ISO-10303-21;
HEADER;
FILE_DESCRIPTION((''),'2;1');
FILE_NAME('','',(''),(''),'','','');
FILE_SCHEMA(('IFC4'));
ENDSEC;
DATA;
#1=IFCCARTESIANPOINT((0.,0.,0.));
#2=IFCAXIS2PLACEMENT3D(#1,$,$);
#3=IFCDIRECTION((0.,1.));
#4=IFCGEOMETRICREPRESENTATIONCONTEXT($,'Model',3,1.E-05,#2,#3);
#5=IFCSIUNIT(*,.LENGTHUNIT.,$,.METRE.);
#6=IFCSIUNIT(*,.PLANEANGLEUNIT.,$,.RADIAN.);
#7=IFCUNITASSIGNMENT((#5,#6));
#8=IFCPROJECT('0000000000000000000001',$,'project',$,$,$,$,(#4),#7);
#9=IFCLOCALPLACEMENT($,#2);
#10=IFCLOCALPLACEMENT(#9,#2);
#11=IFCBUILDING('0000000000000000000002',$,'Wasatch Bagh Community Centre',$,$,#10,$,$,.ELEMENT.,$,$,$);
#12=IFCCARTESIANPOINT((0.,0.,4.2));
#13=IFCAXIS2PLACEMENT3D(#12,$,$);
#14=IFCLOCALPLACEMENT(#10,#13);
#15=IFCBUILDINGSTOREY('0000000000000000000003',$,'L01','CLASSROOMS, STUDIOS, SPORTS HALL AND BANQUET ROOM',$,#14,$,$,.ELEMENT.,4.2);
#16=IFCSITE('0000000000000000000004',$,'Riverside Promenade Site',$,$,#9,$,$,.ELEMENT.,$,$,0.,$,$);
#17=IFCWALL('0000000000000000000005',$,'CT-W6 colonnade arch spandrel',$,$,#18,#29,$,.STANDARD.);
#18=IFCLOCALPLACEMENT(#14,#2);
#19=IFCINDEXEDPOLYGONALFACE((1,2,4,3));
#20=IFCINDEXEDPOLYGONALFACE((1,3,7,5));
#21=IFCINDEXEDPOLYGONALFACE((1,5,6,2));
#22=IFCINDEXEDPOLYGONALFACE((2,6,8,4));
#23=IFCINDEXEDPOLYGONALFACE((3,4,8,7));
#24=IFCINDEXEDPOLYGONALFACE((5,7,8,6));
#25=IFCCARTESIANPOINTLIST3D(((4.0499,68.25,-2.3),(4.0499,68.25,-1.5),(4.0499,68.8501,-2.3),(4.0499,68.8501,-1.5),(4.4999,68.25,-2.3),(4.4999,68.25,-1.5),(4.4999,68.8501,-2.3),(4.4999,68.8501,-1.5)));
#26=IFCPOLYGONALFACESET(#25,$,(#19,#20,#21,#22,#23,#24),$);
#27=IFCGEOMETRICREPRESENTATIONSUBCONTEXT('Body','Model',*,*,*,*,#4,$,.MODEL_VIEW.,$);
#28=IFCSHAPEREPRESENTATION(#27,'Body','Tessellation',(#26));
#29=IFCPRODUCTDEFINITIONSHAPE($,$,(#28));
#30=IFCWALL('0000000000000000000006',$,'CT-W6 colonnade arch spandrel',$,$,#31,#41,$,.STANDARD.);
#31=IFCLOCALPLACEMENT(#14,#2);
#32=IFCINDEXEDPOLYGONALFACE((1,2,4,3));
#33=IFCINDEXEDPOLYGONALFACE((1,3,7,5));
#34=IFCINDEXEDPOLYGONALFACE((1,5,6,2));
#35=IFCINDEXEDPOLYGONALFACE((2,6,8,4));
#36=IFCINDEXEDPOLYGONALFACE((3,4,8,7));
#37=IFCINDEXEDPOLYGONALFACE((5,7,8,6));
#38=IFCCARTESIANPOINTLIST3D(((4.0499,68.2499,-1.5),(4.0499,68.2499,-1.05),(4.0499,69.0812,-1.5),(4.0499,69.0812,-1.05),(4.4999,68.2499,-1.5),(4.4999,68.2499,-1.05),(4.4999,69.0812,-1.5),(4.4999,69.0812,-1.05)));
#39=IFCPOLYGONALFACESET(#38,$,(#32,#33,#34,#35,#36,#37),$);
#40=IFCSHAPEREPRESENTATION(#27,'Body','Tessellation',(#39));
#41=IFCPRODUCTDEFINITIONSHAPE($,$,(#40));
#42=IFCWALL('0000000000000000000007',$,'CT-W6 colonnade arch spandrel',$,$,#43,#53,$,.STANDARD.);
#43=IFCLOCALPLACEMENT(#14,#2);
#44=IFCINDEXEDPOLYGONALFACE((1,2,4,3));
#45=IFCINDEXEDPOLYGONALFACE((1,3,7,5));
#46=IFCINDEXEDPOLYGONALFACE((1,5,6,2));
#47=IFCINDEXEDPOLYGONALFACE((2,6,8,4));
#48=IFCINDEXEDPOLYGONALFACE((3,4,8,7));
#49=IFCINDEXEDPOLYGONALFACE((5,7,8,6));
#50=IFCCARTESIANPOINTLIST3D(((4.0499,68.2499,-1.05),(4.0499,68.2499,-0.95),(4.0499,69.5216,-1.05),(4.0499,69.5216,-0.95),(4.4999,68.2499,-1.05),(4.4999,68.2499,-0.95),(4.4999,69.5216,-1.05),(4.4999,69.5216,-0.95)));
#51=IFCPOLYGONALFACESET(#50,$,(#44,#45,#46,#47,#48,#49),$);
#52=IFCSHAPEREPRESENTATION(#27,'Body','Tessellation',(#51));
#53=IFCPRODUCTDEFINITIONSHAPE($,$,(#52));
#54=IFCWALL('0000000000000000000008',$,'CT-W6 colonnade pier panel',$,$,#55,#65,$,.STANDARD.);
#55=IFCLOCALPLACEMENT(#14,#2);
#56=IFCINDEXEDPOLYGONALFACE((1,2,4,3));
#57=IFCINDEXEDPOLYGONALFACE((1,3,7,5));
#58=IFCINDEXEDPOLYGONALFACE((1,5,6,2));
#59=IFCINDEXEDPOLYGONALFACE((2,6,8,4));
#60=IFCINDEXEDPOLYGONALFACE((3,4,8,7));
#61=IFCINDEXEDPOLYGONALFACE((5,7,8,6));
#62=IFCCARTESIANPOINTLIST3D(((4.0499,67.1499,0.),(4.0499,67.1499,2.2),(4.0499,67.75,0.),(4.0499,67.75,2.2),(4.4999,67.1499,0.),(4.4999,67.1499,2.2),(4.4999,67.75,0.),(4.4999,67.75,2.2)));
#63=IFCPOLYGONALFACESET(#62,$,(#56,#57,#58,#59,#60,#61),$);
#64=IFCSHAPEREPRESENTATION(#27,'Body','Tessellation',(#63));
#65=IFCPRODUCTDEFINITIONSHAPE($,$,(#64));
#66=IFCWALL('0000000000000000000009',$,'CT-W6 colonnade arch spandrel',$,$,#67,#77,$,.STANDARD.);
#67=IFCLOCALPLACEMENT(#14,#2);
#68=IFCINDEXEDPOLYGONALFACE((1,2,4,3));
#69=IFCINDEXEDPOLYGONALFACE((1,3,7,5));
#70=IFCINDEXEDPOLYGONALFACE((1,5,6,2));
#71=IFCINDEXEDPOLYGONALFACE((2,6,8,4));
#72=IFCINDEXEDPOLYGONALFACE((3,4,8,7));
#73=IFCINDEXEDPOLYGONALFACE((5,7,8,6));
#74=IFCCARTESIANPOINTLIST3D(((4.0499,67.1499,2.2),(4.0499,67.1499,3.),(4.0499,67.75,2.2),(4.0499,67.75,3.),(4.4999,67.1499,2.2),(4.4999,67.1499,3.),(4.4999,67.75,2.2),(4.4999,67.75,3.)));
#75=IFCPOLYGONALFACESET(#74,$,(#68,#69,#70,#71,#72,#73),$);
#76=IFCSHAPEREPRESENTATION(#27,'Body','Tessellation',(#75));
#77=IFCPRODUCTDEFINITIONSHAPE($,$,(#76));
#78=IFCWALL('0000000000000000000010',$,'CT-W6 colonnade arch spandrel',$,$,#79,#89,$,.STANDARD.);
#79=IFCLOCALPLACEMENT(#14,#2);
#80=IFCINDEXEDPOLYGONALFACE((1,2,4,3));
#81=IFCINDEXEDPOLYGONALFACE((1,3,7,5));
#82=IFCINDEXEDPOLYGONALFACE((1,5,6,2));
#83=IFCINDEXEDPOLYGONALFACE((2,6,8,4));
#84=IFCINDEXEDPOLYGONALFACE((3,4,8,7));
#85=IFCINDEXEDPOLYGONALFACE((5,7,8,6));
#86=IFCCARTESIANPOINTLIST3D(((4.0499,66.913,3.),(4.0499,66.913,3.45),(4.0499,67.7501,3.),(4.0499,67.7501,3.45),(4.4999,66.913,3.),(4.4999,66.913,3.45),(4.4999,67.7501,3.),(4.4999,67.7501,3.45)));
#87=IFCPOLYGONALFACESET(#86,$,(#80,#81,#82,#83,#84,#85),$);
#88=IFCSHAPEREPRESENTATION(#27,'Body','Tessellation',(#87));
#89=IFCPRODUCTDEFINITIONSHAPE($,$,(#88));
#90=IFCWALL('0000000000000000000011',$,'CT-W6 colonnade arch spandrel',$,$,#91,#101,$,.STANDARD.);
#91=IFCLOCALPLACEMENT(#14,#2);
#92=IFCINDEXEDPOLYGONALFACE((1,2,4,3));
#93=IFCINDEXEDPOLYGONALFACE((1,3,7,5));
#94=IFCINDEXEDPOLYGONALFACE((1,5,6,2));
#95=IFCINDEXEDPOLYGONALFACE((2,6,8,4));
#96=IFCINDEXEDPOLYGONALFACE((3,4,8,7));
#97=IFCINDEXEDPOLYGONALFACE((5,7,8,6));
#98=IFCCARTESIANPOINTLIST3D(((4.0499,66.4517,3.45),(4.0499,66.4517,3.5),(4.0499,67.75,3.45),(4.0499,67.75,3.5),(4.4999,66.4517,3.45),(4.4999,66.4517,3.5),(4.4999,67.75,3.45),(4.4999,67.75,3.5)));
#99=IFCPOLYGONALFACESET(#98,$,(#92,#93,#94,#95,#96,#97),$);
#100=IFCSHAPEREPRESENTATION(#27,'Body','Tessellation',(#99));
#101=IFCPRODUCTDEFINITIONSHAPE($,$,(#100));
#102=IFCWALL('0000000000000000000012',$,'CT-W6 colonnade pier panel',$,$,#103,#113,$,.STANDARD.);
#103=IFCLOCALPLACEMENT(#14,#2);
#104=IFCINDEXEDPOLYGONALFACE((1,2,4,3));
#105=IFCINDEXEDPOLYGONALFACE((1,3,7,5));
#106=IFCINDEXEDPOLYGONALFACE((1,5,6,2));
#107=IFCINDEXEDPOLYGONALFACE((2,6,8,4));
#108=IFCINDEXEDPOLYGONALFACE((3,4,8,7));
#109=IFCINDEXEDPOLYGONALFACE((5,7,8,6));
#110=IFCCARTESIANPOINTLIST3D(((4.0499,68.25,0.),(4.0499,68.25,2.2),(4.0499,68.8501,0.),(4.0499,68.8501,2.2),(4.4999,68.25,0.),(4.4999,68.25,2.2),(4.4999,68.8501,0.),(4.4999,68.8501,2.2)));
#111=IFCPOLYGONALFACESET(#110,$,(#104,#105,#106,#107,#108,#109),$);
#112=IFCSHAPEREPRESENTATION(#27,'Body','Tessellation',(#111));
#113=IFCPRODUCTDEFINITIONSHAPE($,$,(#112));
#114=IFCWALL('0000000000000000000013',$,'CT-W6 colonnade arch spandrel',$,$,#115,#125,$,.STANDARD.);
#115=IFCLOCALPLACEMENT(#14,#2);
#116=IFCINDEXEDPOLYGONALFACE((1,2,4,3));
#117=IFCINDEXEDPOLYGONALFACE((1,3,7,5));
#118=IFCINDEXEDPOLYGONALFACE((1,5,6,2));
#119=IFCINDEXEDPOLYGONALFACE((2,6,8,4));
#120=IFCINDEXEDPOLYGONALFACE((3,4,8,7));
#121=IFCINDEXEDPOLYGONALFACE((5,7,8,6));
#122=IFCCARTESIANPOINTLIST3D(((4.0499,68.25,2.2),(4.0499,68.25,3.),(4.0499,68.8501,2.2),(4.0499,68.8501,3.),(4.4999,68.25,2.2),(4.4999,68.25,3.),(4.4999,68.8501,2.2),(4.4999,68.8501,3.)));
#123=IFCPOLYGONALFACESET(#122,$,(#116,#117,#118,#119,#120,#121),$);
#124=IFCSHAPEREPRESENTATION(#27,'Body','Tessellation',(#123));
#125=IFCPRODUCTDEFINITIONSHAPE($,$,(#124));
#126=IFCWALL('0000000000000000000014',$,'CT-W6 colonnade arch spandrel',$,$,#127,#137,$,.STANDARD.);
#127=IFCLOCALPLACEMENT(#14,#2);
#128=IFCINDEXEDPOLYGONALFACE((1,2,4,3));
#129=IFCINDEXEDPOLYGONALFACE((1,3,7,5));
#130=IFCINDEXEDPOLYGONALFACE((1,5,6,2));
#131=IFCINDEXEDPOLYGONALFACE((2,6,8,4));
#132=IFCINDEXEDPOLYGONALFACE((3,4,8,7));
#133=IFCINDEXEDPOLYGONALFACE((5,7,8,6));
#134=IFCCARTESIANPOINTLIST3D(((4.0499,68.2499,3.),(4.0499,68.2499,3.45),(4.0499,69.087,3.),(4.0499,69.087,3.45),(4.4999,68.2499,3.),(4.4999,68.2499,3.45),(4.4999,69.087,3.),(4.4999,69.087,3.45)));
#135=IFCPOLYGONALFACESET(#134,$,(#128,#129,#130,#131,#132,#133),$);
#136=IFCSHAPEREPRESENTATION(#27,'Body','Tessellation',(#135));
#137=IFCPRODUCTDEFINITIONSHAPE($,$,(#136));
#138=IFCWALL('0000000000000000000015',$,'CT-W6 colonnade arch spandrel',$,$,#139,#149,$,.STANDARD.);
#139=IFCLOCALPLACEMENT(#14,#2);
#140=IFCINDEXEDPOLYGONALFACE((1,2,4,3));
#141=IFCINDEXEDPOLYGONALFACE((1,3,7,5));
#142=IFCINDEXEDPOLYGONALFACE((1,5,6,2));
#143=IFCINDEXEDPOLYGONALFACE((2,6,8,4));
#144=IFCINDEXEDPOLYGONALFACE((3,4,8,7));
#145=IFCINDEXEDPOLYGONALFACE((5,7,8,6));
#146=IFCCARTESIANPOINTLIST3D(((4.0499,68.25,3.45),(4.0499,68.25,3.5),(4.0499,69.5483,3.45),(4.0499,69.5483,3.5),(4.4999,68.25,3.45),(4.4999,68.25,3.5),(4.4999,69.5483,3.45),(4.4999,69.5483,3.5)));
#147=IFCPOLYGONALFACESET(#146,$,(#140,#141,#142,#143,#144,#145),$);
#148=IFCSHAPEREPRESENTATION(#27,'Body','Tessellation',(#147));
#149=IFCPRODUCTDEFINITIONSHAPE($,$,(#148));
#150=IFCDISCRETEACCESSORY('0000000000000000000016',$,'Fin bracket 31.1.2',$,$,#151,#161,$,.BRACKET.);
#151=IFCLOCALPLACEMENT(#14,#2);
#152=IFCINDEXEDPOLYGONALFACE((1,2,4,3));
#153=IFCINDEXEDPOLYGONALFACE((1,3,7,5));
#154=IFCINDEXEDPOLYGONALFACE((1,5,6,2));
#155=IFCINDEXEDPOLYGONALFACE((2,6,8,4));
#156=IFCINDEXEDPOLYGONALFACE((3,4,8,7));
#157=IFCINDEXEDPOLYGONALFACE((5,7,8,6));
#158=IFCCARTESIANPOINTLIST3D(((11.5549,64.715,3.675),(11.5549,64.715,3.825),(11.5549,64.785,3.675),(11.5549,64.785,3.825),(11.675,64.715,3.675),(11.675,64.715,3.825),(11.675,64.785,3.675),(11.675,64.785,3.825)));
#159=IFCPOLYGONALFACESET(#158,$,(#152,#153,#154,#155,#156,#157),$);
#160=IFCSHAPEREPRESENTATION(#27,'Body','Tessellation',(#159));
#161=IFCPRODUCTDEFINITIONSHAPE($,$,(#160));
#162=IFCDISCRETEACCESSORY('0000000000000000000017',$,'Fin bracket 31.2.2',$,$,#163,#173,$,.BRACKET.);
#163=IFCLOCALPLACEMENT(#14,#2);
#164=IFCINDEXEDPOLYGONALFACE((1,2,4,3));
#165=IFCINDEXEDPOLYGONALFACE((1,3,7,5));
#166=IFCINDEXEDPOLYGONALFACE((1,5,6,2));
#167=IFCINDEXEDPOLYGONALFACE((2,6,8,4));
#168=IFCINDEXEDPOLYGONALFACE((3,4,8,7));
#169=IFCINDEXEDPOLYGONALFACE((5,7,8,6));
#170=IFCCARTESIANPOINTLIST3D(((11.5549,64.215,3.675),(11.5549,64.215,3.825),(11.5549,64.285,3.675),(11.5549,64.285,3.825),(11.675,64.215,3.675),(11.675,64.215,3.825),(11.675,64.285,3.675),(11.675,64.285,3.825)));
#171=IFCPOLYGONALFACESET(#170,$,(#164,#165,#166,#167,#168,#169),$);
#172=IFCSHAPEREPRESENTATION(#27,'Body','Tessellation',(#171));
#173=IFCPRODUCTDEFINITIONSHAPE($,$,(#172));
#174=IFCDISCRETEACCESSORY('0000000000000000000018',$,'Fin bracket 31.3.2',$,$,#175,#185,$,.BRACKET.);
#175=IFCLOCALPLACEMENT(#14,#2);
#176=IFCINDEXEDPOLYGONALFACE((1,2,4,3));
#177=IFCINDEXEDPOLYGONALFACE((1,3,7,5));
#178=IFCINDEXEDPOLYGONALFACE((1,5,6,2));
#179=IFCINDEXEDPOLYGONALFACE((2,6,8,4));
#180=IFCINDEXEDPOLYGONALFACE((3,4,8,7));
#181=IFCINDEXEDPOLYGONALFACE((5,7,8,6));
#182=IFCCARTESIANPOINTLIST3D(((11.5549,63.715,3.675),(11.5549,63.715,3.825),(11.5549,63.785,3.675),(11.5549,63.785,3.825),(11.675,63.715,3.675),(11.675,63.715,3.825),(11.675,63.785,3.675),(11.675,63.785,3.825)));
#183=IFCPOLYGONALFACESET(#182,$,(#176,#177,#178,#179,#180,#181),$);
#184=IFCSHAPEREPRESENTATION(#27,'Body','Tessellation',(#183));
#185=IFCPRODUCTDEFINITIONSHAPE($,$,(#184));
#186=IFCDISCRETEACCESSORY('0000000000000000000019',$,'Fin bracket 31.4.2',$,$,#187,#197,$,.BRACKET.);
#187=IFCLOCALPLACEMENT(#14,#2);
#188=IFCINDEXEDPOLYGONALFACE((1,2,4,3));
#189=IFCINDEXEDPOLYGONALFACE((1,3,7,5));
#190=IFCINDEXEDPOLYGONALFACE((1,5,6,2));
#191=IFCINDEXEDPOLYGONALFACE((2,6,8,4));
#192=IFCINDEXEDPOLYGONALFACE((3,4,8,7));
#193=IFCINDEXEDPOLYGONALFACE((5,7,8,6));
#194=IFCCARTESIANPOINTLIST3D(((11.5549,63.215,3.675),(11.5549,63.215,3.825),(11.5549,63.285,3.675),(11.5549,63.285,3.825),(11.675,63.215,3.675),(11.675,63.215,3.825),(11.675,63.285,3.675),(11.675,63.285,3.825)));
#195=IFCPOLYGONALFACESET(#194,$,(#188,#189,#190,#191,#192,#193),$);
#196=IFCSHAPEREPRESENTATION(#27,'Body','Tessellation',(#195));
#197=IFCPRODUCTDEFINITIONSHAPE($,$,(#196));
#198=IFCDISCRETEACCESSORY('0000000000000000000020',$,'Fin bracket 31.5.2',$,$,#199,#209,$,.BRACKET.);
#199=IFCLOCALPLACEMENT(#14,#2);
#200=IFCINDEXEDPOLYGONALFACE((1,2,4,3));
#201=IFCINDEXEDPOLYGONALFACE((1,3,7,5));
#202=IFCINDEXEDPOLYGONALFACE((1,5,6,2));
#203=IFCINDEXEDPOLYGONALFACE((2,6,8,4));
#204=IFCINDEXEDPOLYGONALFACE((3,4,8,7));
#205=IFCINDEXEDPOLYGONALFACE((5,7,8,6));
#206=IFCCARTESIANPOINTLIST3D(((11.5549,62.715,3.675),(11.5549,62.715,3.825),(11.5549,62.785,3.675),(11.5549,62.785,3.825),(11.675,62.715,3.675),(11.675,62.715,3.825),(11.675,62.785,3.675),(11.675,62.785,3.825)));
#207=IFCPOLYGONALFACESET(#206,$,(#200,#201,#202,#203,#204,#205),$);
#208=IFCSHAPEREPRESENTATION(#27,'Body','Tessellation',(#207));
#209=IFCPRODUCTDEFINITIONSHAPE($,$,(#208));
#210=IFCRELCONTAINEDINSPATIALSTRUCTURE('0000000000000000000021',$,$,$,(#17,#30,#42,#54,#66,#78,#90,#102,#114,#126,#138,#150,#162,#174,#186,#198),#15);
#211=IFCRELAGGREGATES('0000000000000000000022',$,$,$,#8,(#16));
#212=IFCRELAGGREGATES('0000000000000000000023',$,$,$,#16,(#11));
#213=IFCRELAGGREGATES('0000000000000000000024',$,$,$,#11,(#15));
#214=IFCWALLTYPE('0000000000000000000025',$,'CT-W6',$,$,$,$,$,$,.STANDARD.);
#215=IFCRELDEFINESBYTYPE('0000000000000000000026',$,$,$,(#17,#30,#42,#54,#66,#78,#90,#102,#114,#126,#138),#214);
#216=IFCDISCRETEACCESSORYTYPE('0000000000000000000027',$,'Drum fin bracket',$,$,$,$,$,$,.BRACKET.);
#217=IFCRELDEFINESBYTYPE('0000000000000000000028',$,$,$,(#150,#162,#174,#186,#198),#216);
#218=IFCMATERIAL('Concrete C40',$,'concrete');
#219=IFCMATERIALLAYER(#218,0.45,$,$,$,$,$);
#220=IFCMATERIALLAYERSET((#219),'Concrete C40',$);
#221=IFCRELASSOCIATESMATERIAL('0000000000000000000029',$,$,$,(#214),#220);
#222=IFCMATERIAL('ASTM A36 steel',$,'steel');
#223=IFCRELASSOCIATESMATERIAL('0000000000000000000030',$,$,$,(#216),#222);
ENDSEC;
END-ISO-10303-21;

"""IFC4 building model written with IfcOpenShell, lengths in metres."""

from ifc_helpers import new_model, si_unit, direction, frame, frame_2d, origin, origin_2d, place, context, subcontext, project, spatial, rectangle, extrude, material, layer, layer_set, type_object, element, save


model = new_model("IFC4")

# Units and contexts
model_context = context("Model", 3, precision=1e-05, world=origin(), true_north=direction((0.0, 1.0)))
body_context = subcontext(model_context, "Body", "Model", "MODEL_VIEW")
ifc_project = project(units=[si_unit("LENGTHUNIT", "METRE"), si_unit("PLANEANGLEUNIT", "RADIAN")], contexts=[model_context])

# Site, building, storey
site_placement = place(None, origin())
site = spatial("IfcSite", under=ifc_project, at=site_placement, Name="Riverside Promenade Site", CompositionType="ELEMENT", RefElevation=0.0)
building_placement = place(site_placement, origin())
building = spatial("IfcBuilding", under=site, at=building_placement, Name="Wasatch Bagh Community Centre", CompositionType="ELEMENT")
storey_placement = place(building_placement, frame((0.0, 0.0, 4.2)))
storey = spatial("IfcBuildingStorey", under=building, at=storey_placement, Name="L01", Description="CLASSROOMS, STUDIOS, SPORTS HALL AND BANQUET ROOM", CompositionType="ELEMENT", Elevation=4.2)

# Shared definitions
ifc_material_1 = material(Name="Concrete C40", Category="concrete")

# Walls
ifc_layer_1 = layer(ifc_material_1, 0.45)
ifc_layer_set_1 = layer_set([ifc_layer_1], Name="Concrete C40")
wall_type_1 = type_object("IfcWallType", Name="CT-W6", PredefinedType="STANDARD", material=ifc_layer_set_1)
wall_1_placement = place(storey_placement, frame((4.2749, 68.25, -2.3), z_axis=(0.0, 0.0, 1.0), x_axis=(0.0, 1.0, 0.0)))
element("IfcWall", 1, at=wall_1_placement, inside=storey, type_object=wall_type_1, Name="CT-W6 colonnade arch spandrel", PredefinedType="STANDARD", context=body_context, shape_type="SweptSolid", body=[
    extrude(rectangle(XDim=0.6001, YDim=0.45, at=frame_2d((0.3, 0.0))), origin(), (0.0, 0.0, 1.0), 0.8),
])
wall_2_placement = place(storey_placement, frame((4.2749, 68.25, -1.5), z_axis=(0.0, 0.0, 1.0), x_axis=(0.0, 1.0, 0.0)))
element("IfcWall", 2, at=wall_2_placement, inside=storey, type_object=wall_type_1, Name="CT-W6 colonnade arch spandrel", PredefinedType="STANDARD", context=body_context, shape_type="SweptSolid", body=[
    extrude(rectangle(XDim=0.8313, YDim=0.45, at=frame_2d((0.4155, 0.0))), origin(), (0.0, 0.0, 1.0), 0.45),
])
wall_3_placement = place(storey_placement, frame((4.2749, 68.25, -1.05), z_axis=(0.0, 0.0, 1.0), x_axis=(0.0, 1.0, 0.0)))
element("IfcWall", 3, at=wall_3_placement, inside=storey, type_object=wall_type_1, Name="CT-W6 colonnade arch spandrel", PredefinedType="STANDARD", context=body_context, shape_type="SweptSolid", body=[
    extrude(rectangle(XDim=1.2717, YDim=0.45, at=frame_2d((0.6357, 0.0))), origin(), (0.0, 0.0, 1.0), 0.1001),
])
wall_4_placement = place(storey_placement, frame((4.2749, 67.75, 0.0), z_axis=(0.0, 0.0, 1.0), x_axis=(0.0, -1.0, 0.0)))
element("IfcWall", 4, at=wall_4_placement, inside=storey, type_object=wall_type_1, Name="CT-W6 colonnade pier panel", PredefinedType="STANDARD", context=body_context, shape_type="SweptSolid", body=[
    extrude(rectangle(XDim=0.6001, YDim=0.45, at=frame_2d((0.3, 0.0))), origin(), (0.0, 0.0, 1.0), 2.2),
])
wall_5_placement = place(storey_placement, frame((4.2749, 67.75, 2.2), z_axis=(0.0, 0.0, 1.0), x_axis=(0.0, -1.0, 0.0)))
element("IfcWall", 5, at=wall_5_placement, inside=storey, type_object=wall_type_1, Name="CT-W6 colonnade arch spandrel", PredefinedType="STANDARD", context=body_context, shape_type="SweptSolid", body=[
    extrude(rectangle(XDim=0.6001, YDim=0.45, at=frame_2d((0.3, 0.0))), origin(), (0.0, 0.0, 1.0), 0.8),
])
wall_6_placement = place(storey_placement, frame((4.2749, 67.75, 3.0), z_axis=(0.0, 0.0, 1.0), x_axis=(0.0, -1.0, 0.0)))
element("IfcWall", 6, at=wall_6_placement, inside=storey, type_object=wall_type_1, Name="CT-W6 colonnade arch spandrel", PredefinedType="STANDARD", context=body_context, shape_type="SweptSolid", body=[
    extrude(rectangle(XDim=0.8372, YDim=0.45, at=frame_2d((0.4185, 0.0))), origin(), (0.0, 0.0, 1.0), 0.45),
])
wall_7_placement = place(storey_placement, frame((4.2749, 67.75, 3.45), z_axis=(0.0, 0.0, 1.0), x_axis=(0.0, -1.0, 0.0)))
element("IfcWall", 7, at=wall_7_placement, inside=storey, type_object=wall_type_1, Name="CT-W6 colonnade arch spandrel", PredefinedType="STANDARD", context=body_context, shape_type="SweptSolid", body=[
    extrude(rectangle(XDim=1.2983, YDim=0.45, at=frame_2d((0.6492, 0.0))), origin(), (0.0, 0.0, 1.0), 0.05),
])
wall_8_placement = place(storey_placement, frame((4.2749, 68.25, 0.0), z_axis=(0.0, 0.0, 1.0), x_axis=(0.0, 1.0, 0.0)))
element("IfcWall", 8, at=wall_8_placement, inside=storey, type_object=wall_type_1, Name="CT-W6 colonnade pier panel", PredefinedType="STANDARD", context=body_context, shape_type="SweptSolid", body=[
    extrude(rectangle(XDim=0.6001, YDim=0.45, at=frame_2d((0.3, 0.0))), origin(), (0.0, 0.0, 1.0), 2.2),
])
wall_9_placement = place(storey_placement, frame((4.2749, 68.25, 2.2), z_axis=(0.0, 0.0, 1.0), x_axis=(0.0, 1.0, 0.0)))
element("IfcWall", 9, at=wall_9_placement, inside=storey, type_object=wall_type_1, Name="CT-W6 colonnade arch spandrel", PredefinedType="STANDARD", context=body_context, shape_type="SweptSolid", body=[
    extrude(rectangle(XDim=0.6001, YDim=0.45, at=frame_2d((0.3, 0.0))), origin(), (0.0, 0.0, 1.0), 0.8),
])
wall_10_placement = place(storey_placement, frame((4.2749, 68.25, 3.0), z_axis=(0.0, 0.0, 1.0), x_axis=(0.0, 1.0, 0.0)))
element("IfcWall", 10, at=wall_10_placement, inside=storey, type_object=wall_type_1, Name="CT-W6 colonnade arch spandrel", PredefinedType="STANDARD", context=body_context, shape_type="SweptSolid", body=[
    extrude(rectangle(XDim=0.8372, YDim=0.45, at=frame_2d((0.4185, 0.0))), origin(), (0.0, 0.0, 1.0), 0.45),
])
wall_11_placement = place(storey_placement, frame((4.2749, 68.25, 3.45), z_axis=(0.0, 0.0, 1.0), x_axis=(0.0, 1.0, 0.0)))
element("IfcWall", 11, at=wall_11_placement, inside=storey, type_object=wall_type_1, Name="CT-W6 colonnade arch spandrel", PredefinedType="STANDARD", context=body_context, shape_type="SweptSolid", body=[
    extrude(rectangle(XDim=1.2983, YDim=0.45, at=frame_2d((0.6492, 0.0))), origin(), (0.0, 0.0, 1.0), 0.05),
])

# Discrete accessories
ifc_material_2 = material(Name="ASTM A36 steel", Category="steel")
discrete_accessory_type = type_object("IfcDiscreteAccessoryType", Name="Drum fin bracket", PredefinedType="BRACKET", material=ifc_material_2)
for number, where, z_axis, x_axis, name in (
    (12, (11.615, 64.75, 3.675), (0.0, 0.0, 1.0), (0.0, -1.0, 0.0), "Fin bracket 31.1.2"),
    (13, (11.615, 64.25, 3.675), (0.0, 0.0, 1.0), (0.0, -1.0, 0.0), "Fin bracket 31.2.2"),
    (14, (11.615, 63.75, 3.675), (0.0, 0.0, 1.0), (0.0, -1.0, 0.0), "Fin bracket 31.3.2"),
    (15, (11.615, 63.25, 3.675), (0.0, 0.0, 1.0), (0.0, -1.0, 0.0), "Fin bracket 31.4.2"),
    (16, (11.615, 62.75, 3.675), (0.0, 0.0, 1.0), (0.0, -1.0, 0.0), "Fin bracket 31.5.2"),
):
    element("IfcDiscreteAccessory", number, at=place(storey_placement, frame(where, z_axis=z_axis, x_axis=x_axis)), inside=storey, type_object=discrete_accessory_type, Name=name, PredefinedType="BRACKET", context=body_context, shape_type="SweptSolid", body=[
        extrude(rectangle(XDim=0.0701, YDim=0.1201, at=origin_2d()), origin(), (0.0, 0.0, 1.0), 0.1499),
    ])

save(model, "model.ifc")
